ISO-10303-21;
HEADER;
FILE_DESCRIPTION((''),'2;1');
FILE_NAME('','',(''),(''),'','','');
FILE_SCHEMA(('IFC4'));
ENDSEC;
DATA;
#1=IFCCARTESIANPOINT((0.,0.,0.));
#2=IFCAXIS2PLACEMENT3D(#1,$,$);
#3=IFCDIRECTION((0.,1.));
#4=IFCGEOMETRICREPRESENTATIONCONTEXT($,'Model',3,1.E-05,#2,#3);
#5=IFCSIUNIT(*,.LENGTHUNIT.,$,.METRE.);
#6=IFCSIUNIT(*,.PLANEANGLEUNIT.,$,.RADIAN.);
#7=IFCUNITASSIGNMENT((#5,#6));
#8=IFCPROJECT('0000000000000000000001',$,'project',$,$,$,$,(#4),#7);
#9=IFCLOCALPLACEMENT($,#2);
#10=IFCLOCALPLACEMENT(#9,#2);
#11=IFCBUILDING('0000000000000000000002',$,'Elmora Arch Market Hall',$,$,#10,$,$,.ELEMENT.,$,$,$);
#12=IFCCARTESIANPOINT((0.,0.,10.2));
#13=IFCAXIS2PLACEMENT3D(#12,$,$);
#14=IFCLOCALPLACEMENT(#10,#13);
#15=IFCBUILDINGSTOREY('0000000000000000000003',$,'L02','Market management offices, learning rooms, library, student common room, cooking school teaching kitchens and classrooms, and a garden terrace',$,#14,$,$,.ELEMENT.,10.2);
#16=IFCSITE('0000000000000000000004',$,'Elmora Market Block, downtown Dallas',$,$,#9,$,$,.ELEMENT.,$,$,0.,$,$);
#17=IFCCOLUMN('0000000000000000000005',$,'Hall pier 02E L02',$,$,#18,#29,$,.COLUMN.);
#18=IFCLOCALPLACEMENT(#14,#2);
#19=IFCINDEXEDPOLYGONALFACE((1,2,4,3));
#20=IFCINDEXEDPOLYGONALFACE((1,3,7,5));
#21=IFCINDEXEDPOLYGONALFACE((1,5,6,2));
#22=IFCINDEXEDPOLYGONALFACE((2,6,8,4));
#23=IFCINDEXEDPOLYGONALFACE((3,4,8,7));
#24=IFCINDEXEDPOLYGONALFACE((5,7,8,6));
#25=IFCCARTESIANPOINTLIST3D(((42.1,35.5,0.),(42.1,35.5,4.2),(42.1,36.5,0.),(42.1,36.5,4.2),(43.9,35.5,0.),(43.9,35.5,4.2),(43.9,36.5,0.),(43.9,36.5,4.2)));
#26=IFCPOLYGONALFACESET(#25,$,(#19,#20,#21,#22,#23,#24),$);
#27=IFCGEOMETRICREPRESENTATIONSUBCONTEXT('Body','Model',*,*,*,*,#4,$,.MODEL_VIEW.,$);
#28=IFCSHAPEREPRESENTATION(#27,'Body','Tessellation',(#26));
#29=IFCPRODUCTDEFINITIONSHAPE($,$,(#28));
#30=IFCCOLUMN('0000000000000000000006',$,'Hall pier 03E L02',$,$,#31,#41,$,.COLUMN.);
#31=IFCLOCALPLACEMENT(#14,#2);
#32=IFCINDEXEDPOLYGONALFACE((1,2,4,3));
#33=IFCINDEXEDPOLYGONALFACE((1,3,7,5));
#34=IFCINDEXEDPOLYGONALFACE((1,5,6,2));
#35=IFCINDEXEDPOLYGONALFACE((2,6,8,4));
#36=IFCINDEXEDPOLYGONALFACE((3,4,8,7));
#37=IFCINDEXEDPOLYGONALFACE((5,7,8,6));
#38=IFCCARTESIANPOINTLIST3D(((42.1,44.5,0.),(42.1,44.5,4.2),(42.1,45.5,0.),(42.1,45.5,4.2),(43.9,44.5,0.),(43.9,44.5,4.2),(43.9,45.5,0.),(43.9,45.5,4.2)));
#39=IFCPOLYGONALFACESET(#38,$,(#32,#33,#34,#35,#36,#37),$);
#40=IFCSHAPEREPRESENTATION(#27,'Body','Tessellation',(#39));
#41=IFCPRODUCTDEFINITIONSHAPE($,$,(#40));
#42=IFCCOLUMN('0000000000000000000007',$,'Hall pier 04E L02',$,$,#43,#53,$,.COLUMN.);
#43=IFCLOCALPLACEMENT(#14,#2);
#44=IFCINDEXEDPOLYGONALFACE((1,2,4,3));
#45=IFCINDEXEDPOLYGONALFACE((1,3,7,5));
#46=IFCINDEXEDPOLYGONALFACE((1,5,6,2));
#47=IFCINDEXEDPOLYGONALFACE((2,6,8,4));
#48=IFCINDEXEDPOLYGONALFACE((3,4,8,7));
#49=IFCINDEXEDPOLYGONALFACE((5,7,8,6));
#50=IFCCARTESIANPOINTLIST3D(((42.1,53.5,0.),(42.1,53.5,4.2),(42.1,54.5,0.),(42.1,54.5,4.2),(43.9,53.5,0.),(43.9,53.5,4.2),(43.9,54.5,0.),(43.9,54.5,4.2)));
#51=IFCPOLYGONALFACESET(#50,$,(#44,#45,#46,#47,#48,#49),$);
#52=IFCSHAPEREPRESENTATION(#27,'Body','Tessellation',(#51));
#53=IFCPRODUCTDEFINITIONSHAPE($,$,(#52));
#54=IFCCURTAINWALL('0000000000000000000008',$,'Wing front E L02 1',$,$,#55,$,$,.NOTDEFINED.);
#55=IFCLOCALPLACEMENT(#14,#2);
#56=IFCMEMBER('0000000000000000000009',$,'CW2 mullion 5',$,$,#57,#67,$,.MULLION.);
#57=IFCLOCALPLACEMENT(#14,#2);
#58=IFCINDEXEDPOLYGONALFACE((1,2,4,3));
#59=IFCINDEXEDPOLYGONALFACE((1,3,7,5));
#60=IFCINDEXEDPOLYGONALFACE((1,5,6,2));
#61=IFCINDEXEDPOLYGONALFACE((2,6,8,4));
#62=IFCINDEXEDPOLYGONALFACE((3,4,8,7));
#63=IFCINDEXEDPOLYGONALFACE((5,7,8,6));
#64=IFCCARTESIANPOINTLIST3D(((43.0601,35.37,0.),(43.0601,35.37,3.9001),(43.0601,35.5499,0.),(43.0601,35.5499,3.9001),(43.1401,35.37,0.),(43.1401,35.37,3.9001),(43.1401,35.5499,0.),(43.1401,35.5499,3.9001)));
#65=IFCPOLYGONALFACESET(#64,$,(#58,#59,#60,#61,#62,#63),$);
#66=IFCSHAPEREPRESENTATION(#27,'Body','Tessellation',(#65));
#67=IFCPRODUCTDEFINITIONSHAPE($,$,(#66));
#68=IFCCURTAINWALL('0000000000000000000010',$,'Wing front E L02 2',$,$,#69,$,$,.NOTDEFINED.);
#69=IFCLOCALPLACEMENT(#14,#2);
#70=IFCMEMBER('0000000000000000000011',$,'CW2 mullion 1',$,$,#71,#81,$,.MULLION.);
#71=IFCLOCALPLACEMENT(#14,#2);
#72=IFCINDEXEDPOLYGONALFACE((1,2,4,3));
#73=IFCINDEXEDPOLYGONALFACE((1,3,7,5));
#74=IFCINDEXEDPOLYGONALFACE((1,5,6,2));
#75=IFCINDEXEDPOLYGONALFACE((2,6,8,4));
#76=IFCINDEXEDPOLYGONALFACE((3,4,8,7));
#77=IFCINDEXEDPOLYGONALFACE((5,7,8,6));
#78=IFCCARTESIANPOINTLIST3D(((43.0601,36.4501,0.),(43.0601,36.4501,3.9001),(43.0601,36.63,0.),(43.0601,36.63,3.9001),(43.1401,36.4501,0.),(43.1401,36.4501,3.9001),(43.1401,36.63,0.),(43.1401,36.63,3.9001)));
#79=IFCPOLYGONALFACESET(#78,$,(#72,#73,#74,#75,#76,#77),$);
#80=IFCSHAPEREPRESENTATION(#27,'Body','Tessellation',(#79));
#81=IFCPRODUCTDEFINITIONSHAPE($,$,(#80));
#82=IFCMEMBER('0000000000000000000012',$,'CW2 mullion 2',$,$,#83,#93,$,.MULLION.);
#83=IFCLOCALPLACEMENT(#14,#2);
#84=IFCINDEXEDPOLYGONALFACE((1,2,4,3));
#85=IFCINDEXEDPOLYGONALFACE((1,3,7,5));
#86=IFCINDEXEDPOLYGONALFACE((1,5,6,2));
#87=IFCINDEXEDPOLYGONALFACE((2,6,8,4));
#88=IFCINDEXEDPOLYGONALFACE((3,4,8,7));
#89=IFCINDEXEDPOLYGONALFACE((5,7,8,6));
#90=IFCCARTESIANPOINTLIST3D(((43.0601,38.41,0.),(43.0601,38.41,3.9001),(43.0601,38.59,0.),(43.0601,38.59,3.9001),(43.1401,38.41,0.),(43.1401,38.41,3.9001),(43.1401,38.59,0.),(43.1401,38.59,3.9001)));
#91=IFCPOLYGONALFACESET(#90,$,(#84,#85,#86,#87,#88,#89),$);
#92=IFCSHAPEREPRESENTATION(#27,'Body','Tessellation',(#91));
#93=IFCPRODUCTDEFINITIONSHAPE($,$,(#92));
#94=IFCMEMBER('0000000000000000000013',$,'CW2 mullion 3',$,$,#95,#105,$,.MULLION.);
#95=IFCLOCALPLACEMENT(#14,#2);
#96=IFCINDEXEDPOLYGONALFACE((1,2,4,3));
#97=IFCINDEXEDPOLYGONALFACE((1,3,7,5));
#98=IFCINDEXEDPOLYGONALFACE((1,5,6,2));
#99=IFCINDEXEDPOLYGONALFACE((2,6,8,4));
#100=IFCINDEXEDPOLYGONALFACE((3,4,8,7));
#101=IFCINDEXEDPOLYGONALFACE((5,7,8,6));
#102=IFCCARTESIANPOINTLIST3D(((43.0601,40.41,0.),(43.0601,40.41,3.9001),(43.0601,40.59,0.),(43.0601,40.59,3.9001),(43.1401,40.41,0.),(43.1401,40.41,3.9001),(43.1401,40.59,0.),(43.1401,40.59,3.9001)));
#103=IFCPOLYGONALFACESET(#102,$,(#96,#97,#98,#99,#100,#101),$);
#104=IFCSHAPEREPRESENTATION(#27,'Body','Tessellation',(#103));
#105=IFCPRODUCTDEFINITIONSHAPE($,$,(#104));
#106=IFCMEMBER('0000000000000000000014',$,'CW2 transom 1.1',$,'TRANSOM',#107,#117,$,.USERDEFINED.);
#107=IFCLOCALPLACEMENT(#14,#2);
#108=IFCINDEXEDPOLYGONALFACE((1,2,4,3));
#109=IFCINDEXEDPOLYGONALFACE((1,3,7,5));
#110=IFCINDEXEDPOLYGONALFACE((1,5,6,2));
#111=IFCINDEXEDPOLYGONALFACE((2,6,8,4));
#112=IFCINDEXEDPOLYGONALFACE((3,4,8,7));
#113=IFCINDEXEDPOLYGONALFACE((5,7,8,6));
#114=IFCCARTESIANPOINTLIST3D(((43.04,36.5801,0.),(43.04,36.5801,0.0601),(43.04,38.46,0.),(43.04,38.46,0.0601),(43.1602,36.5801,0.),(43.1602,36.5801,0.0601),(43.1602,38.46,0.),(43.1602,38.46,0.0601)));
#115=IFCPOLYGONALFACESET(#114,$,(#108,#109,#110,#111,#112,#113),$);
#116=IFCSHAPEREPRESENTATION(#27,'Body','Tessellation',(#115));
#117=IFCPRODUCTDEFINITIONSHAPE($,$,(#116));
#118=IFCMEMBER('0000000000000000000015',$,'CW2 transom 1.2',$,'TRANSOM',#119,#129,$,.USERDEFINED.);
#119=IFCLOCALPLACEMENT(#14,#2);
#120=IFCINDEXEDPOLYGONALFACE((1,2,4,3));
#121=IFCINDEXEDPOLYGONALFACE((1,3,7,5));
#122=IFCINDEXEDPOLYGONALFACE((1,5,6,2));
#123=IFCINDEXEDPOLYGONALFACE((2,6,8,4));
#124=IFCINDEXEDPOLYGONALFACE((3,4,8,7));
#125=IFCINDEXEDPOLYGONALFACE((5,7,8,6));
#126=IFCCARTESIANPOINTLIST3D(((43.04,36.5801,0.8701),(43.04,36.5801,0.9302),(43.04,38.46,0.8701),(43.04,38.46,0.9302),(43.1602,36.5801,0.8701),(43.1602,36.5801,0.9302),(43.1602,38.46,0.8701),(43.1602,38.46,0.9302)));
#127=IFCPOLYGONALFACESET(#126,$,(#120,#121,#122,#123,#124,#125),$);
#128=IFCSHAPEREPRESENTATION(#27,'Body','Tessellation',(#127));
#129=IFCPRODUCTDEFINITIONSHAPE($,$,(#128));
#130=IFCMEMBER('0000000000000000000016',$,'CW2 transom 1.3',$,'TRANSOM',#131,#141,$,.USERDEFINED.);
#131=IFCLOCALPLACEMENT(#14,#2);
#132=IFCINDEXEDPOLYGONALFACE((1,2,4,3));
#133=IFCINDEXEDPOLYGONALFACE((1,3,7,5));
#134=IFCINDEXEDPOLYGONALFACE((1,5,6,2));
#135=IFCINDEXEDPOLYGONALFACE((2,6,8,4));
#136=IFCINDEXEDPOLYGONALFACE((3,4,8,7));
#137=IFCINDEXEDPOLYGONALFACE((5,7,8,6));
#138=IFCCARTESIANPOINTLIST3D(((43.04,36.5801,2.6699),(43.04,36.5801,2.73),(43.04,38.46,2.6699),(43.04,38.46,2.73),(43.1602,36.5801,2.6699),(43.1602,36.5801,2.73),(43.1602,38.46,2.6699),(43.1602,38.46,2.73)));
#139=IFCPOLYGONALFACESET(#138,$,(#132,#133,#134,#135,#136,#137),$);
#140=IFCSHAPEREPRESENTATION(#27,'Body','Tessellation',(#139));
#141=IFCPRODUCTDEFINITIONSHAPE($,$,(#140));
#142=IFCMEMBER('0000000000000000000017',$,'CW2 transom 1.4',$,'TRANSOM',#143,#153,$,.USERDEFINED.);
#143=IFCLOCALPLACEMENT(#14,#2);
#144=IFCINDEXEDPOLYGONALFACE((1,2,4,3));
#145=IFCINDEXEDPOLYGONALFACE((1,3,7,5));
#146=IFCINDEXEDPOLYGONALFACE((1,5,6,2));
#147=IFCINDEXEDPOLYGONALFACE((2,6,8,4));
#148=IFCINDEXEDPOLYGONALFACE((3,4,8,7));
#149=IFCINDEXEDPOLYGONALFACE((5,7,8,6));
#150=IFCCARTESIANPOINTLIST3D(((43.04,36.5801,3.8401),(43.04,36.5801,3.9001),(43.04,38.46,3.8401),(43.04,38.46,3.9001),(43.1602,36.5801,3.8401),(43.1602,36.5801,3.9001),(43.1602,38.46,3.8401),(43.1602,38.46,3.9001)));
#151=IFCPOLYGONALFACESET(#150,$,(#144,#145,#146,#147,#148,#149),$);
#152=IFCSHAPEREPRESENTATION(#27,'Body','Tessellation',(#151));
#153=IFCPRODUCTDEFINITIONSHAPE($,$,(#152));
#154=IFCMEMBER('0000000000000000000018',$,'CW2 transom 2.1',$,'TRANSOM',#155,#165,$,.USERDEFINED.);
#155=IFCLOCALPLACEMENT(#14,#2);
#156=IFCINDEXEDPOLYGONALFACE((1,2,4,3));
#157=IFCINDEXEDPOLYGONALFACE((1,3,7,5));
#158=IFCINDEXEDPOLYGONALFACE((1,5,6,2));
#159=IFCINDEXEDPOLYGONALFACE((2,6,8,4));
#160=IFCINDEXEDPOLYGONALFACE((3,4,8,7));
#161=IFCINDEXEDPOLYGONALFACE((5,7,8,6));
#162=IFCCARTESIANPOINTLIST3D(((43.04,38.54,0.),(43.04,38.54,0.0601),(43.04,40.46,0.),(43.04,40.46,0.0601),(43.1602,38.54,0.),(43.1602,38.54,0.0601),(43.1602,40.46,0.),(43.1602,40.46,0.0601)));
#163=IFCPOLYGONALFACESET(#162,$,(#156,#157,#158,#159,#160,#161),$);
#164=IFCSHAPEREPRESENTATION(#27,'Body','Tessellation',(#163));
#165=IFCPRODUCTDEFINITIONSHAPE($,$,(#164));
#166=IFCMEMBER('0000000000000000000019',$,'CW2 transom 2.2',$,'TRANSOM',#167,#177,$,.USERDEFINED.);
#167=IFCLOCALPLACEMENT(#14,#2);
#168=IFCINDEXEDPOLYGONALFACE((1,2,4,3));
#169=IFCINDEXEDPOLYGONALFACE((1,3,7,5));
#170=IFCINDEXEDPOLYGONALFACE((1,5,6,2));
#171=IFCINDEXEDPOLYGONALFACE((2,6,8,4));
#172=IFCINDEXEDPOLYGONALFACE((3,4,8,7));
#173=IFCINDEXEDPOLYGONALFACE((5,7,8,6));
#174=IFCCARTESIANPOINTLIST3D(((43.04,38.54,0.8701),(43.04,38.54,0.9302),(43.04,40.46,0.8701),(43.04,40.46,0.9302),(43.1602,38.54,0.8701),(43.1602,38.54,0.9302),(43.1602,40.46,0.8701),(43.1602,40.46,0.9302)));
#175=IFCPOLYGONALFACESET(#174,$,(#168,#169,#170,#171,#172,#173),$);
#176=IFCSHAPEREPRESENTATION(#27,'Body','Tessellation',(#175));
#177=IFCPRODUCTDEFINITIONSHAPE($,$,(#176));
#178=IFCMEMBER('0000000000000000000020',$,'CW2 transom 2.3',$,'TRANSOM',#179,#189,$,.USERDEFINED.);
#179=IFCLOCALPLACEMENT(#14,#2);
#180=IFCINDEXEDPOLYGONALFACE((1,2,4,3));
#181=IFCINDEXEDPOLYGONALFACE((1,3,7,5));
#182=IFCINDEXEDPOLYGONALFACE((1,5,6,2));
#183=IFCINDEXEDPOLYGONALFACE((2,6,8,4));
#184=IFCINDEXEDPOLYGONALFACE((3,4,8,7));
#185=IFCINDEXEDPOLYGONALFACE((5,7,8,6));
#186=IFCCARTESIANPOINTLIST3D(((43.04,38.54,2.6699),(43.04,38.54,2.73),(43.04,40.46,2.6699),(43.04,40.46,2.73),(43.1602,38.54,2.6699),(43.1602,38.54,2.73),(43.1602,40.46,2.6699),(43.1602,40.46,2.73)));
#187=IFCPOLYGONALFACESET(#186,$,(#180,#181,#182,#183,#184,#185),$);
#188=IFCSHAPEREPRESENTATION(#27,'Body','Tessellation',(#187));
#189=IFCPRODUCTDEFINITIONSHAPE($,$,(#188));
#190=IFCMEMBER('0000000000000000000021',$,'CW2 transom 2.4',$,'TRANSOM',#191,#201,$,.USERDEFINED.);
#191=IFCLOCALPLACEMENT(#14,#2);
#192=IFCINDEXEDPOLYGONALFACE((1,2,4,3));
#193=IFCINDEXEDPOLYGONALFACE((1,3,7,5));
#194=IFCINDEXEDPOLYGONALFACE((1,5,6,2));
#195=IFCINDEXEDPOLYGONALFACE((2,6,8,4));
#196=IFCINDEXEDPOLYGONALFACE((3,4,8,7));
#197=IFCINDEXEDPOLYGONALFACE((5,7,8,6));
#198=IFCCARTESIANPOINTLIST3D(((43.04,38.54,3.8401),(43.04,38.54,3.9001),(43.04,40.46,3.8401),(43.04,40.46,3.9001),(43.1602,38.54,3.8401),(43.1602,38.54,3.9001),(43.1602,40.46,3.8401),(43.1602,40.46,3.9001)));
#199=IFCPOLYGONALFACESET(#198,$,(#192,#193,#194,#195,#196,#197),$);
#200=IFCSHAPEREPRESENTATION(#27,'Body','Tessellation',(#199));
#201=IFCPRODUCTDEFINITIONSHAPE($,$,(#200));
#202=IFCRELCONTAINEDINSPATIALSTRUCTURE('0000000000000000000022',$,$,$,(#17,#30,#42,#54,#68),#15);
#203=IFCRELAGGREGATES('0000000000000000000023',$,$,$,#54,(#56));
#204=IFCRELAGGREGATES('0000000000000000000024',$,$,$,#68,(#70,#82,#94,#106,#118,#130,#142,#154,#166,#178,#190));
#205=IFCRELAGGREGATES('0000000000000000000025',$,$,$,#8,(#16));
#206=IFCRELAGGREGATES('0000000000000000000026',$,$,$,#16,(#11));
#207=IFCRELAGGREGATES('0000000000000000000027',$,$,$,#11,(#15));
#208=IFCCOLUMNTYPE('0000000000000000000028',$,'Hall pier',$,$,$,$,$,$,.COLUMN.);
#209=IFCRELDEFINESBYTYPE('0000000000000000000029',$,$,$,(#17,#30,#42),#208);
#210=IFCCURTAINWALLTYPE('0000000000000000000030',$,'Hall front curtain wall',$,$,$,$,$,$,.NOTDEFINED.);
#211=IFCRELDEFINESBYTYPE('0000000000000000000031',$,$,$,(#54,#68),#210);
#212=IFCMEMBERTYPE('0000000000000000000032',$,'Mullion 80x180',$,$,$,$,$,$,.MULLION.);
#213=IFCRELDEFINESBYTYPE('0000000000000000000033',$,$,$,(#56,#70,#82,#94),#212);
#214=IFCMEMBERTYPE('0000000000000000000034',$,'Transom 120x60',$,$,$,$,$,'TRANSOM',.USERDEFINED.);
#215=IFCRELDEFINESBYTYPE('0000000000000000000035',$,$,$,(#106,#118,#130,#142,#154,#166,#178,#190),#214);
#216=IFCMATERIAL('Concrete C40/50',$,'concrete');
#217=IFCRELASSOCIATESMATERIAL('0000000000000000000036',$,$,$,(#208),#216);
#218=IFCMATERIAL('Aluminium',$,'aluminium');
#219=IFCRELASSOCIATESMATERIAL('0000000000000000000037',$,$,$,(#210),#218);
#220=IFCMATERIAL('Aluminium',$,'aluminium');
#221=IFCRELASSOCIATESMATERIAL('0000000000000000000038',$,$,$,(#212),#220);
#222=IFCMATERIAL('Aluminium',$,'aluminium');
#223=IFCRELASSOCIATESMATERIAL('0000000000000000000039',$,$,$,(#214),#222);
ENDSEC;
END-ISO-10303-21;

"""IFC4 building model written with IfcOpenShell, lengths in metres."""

from ifc_helpers import new_model, si_unit, direction, frame, origin, origin_2d, place, context, subcontext, project, spatial, rectangle, extrude, material, material_profile, profile_set, type_object, element, aggregate, save


model = new_model("IFC4")

# Units and contexts
model_context = context("Model", 3, precision=1e-05, world=origin(), true_north=direction((0.0, 1.0)))
body_context = subcontext(model_context, "Body", "Model", "MODEL_VIEW")
ifc_project = project(units=[si_unit("LENGTHUNIT", "METRE"), si_unit("PLANEANGLEUNIT", "RADIAN")], contexts=[model_context])

# Site, building, storey
site_placement = place(None, origin())
site = spatial("IfcSite", under=ifc_project, at=site_placement, Name="Elmora Market Block, downtown Dallas", CompositionType="ELEMENT", RefElevation=0.0)
building_placement = place(site_placement, origin())
building = spatial("IfcBuilding", under=site, at=building_placement, Name="Elmora Arch Market Hall", CompositionType="ELEMENT")
storey_placement = place(building_placement, frame((0.0, 0.0, 10.2)))
storey = spatial("IfcBuildingStorey", under=building, at=storey_placement, Name="L02", Description="Market management offices, learning rooms, library, student common room, cooking school teaching kitchens and classrooms, and a garden terrace", CompositionType="ELEMENT", Elevation=10.2)

# Columns
ifc_material_1 = material(Name="Concrete C40/50", Category="concrete")
ifc_material_profile_1 = material_profile(ifc_material_1, rectangle(XDim=1.8, YDim=1.0, at=origin_2d()), Name="Hall pier")
ifc_profile_set_1 = profile_set([ifc_material_profile_1], Name="Concrete C40/50")
column_type = type_object("IfcColumnType", Name="Hall pier", PredefinedType="COLUMN", material=ifc_profile_set_1)
for number, where, z_axis, x_axis, name in (
    (1, (43.0, 36.0, 0.0), (0.0, 0.0, 1.0), (1.0, 0.0, 0.0), "Hall pier 02E L02"),
    (2, (43.0, 45.0, 0.0), (0.0, 0.0, 1.0), (1.0, 0.0, 0.0), "Hall pier 03E L02"),
    (3, (43.0, 54.0, 0.0), (0.0, 0.0, 1.0), (1.0, 0.0, 0.0), "Hall pier 04E L02"),
):
    element("IfcColumn", number, at=place(storey_placement, frame(where, z_axis=z_axis, x_axis=x_axis)), inside=storey, type_object=column_type, Name=name, PredefinedType="COLUMN", context=body_context, shape_type="SweptSolid", body=[
        extrude(rectangle(XDim=1.8, YDim=1.0, at=origin_2d()), origin(), (0.0, 0.0, 1.0), 4.2),
    ])

# Curtain wall, member
ifc_material_2 = material(Name="Aluminium", Category="aluminium")
curtain_wall_type = type_object("IfcCurtainWallType", Name="Hall front curtain wall", PredefinedType="NOTDEFINED", material=ifc_material_2)
curtain_wall_1_placement = place(storey_placement, origin())
curtain_wall_1 = element("IfcCurtainWall", 4, at=curtain_wall_1_placement, inside=storey, type_object=curtain_wall_type, Name="Wing front E L02 1", PredefinedType="NOTDEFINED")
ifc_material_3 = material(Name="Aluminium", Category="aluminium")
ifc_material_profile_2 = material_profile(ifc_material_3, rectangle(XDim=0.0801, YDim=0.1799, at=origin_2d()), Name="AL 80x180")
ifc_profile_set_2 = profile_set([ifc_material_profile_2], Name="Aluminium")
member_type_1 = type_object("IfcMemberType", Name="Mullion 80x180", PredefinedType="MULLION", material=ifc_profile_set_2)
member_1_placement = place(storey_placement, frame((43.1001, 35.46, 0.0), z_axis=(0.0, 0.0, 1.0), x_axis=(-1.0, 0.0, 0.0)))
member_1 = element("IfcMember", 5, at=member_1_placement, type_object=member_type_1, Name="CW2 mullion 5", PredefinedType="MULLION", context=body_context, shape_type="SweptSolid", body=[
    extrude(rectangle(XDim=0.0801, YDim=0.1799, at=origin_2d()), origin(), (0.0, 0.0, 1.0), 3.9001),
])

# Curtain wall, members
curtain_wall_2_placement = place(storey_placement, origin())
curtain_wall_2 = element("IfcCurtainWall", 6, at=curtain_wall_2_placement, inside=storey, type_object=curtain_wall_type, Name="Wing front E L02 2", PredefinedType="NOTDEFINED")
member_2_placement = place(storey_placement, frame((43.1001, 36.54, 0.0), z_axis=(0.0, 0.0, 1.0), x_axis=(-1.0, 0.0, 0.0)))
member_2 = element("IfcMember", 7, at=member_2_placement, type_object=member_type_1, Name="CW2 mullion 1", PredefinedType="MULLION", context=body_context, shape_type="SweptSolid", body=[
    extrude(rectangle(XDim=0.0801, YDim=0.1799, at=origin_2d()), origin(), (0.0, 0.0, 1.0), 3.9001),
])
member_3_placement = place(storey_placement, frame((43.1001, 38.5, 0.0), z_axis=(0.0, 0.0, 1.0), x_axis=(-1.0, 0.0, 0.0)))
member_3 = element("IfcMember", 8, at=member_3_placement, type_object=member_type_1, Name="CW2 mullion 2", PredefinedType="MULLION", context=body_context, shape_type="SweptSolid", body=[
    extrude(rectangle(XDim=0.0801, YDim=0.1799, at=origin_2d()), origin(), (0.0, 0.0, 1.0), 3.9001),
])
member_4_placement = place(storey_placement, frame((43.1001, 40.5, 0.0), z_axis=(0.0, 0.0, 1.0), x_axis=(-1.0, 0.0, 0.0)))
member_4 = element("IfcMember", 9, at=member_4_placement, type_object=member_type_1, Name="CW2 mullion 3", PredefinedType="MULLION", context=body_context, shape_type="SweptSolid", body=[
    extrude(rectangle(XDim=0.0801, YDim=0.1799, at=origin_2d()), origin(), (0.0, 0.0, 1.0), 3.9001),
])
ifc_material_4 = material(Name="Aluminium", Category="aluminium")
ifc_material_profile_3 = material_profile(ifc_material_4, rectangle(XDim=0.1201, YDim=0.0601, at=origin_2d()), Name="AL 120x60")
ifc_profile_set_3 = profile_set([ifc_material_profile_3], Name="Aluminium")
member_type_2 = type_object("IfcMemberType", Name="Transom 120x60", ElementType="TRANSOM", PredefinedType="USERDEFINED", material=ifc_profile_set_3)
member_5_placement = place(storey_placement, frame((43.1001, 36.5801, 0.03), z_axis=(0.0, 1.0, 0.0), x_axis=(-1.0, 0.0, 0.0)))
member_5 = element("IfcMember", 10, at=member_5_placement, type_object=member_type_2, Name="CW2 transom 1.1", ObjectType="TRANSOM", PredefinedType="USERDEFINED", context=body_context, shape_type="SweptSolid", body=[
    extrude(rectangle(XDim=0.1201, YDim=0.0601, at=origin_2d()), origin(), (0.0, 0.0, 1.0), 1.8799),
])
member_6_placement = place(storey_placement, frame((43.1001, 36.5801, 0.9001), z_axis=(0.0, 1.0, 0.0), x_axis=(-1.0, 0.0, 0.0)))
member_6 = element("IfcMember", 11, at=member_6_placement, type_object=member_type_2, Name="CW2 transom 1.2", ObjectType="TRANSOM", PredefinedType="USERDEFINED", context=body_context, shape_type="SweptSolid", body=[
    extrude(rectangle(XDim=0.1201, YDim=0.0601, at=origin_2d()), origin(), (0.0, 0.0, 1.0), 1.8799),
])
member_7_placement = place(storey_placement, frame((43.1001, 36.5801, 2.7), z_axis=(0.0, 1.0, 0.0), x_axis=(-1.0, 0.0, 0.0)))
member_7 = element("IfcMember", 12, at=member_7_placement, type_object=member_type_2, Name="CW2 transom 1.3", ObjectType="TRANSOM", PredefinedType="USERDEFINED", context=body_context, shape_type="SweptSolid", body=[
    extrude(rectangle(XDim=0.1201, YDim=0.0601, at=origin_2d()), origin(), (0.0, 0.0, 1.0), 1.8799),
])
member_8_placement = place(storey_placement, frame((43.1001, 36.5801, 3.8701), z_axis=(0.0, 1.0, 0.0), x_axis=(-1.0, 0.0, 0.0)))
member_8 = element("IfcMember", 13, at=member_8_placement, type_object=member_type_2, Name="CW2 transom 1.4", ObjectType="TRANSOM", PredefinedType="USERDEFINED", context=body_context, shape_type="SweptSolid", body=[
    extrude(rectangle(XDim=0.1201, YDim=0.0601, at=origin_2d()), origin(), (0.0, 0.0, 1.0), 1.8799),
])
member_9_placement = place(storey_placement, frame((43.1001, 38.54, 0.03), z_axis=(0.0, 1.0, 0.0), x_axis=(-1.0, 0.0, 0.0)))
member_9 = element("IfcMember", 14, at=member_9_placement, type_object=member_type_2, Name="CW2 transom 2.1", ObjectType="TRANSOM", PredefinedType="USERDEFINED", context=body_context, shape_type="SweptSolid", body=[
    extrude(rectangle(XDim=0.1201, YDim=0.0601, at=origin_2d()), origin(), (0.0, 0.0, 1.0), 1.9199),
])
member_10_placement = place(storey_placement, frame((43.1001, 38.54, 0.9001), z_axis=(0.0, 1.0, 0.0), x_axis=(-1.0, 0.0, 0.0)))
member_10 = element("IfcMember", 15, at=member_10_placement, type_object=member_type_2, Name="CW2 transom 2.2", ObjectType="TRANSOM", PredefinedType="USERDEFINED", context=body_context, shape_type="SweptSolid", body=[
    extrude(rectangle(XDim=0.1201, YDim=0.0601, at=origin_2d()), origin(), (0.0, 0.0, 1.0), 1.9199),
])
member_11_placement = place(storey_placement, frame((43.1001, 38.54, 2.7), z_axis=(0.0, 1.0, 0.0), x_axis=(-1.0, 0.0, 0.0)))
member_11 = element("IfcMember", 16, at=member_11_placement, type_object=member_type_2, Name="CW2 transom 2.3", ObjectType="TRANSOM", PredefinedType="USERDEFINED", context=body_context, shape_type="SweptSolid", body=[
    extrude(rectangle(XDim=0.1201, YDim=0.0601, at=origin_2d()), origin(), (0.0, 0.0, 1.0), 1.9199),
])
member_12_placement = place(storey_placement, frame((43.1001, 38.54, 3.8701), z_axis=(0.0, 1.0, 0.0), x_axis=(-1.0, 0.0, 0.0)))
member_12 = element("IfcMember", 17, at=member_12_placement, type_object=member_type_2, Name="CW2 transom 2.4", ObjectType="TRANSOM", PredefinedType="USERDEFINED", context=body_context, shape_type="SweptSolid", body=[
    extrude(rectangle(XDim=0.1201, YDim=0.0601, at=origin_2d()), origin(), (0.0, 0.0, 1.0), 1.9199),
])

aggregate(curtain_wall_1, [member_1])
aggregate(curtain_wall_2, [member_2, member_3, member_4, member_5, member_6, member_7, member_8, member_9, member_10, member_11, member_12])

save(model, "model.ifc")
